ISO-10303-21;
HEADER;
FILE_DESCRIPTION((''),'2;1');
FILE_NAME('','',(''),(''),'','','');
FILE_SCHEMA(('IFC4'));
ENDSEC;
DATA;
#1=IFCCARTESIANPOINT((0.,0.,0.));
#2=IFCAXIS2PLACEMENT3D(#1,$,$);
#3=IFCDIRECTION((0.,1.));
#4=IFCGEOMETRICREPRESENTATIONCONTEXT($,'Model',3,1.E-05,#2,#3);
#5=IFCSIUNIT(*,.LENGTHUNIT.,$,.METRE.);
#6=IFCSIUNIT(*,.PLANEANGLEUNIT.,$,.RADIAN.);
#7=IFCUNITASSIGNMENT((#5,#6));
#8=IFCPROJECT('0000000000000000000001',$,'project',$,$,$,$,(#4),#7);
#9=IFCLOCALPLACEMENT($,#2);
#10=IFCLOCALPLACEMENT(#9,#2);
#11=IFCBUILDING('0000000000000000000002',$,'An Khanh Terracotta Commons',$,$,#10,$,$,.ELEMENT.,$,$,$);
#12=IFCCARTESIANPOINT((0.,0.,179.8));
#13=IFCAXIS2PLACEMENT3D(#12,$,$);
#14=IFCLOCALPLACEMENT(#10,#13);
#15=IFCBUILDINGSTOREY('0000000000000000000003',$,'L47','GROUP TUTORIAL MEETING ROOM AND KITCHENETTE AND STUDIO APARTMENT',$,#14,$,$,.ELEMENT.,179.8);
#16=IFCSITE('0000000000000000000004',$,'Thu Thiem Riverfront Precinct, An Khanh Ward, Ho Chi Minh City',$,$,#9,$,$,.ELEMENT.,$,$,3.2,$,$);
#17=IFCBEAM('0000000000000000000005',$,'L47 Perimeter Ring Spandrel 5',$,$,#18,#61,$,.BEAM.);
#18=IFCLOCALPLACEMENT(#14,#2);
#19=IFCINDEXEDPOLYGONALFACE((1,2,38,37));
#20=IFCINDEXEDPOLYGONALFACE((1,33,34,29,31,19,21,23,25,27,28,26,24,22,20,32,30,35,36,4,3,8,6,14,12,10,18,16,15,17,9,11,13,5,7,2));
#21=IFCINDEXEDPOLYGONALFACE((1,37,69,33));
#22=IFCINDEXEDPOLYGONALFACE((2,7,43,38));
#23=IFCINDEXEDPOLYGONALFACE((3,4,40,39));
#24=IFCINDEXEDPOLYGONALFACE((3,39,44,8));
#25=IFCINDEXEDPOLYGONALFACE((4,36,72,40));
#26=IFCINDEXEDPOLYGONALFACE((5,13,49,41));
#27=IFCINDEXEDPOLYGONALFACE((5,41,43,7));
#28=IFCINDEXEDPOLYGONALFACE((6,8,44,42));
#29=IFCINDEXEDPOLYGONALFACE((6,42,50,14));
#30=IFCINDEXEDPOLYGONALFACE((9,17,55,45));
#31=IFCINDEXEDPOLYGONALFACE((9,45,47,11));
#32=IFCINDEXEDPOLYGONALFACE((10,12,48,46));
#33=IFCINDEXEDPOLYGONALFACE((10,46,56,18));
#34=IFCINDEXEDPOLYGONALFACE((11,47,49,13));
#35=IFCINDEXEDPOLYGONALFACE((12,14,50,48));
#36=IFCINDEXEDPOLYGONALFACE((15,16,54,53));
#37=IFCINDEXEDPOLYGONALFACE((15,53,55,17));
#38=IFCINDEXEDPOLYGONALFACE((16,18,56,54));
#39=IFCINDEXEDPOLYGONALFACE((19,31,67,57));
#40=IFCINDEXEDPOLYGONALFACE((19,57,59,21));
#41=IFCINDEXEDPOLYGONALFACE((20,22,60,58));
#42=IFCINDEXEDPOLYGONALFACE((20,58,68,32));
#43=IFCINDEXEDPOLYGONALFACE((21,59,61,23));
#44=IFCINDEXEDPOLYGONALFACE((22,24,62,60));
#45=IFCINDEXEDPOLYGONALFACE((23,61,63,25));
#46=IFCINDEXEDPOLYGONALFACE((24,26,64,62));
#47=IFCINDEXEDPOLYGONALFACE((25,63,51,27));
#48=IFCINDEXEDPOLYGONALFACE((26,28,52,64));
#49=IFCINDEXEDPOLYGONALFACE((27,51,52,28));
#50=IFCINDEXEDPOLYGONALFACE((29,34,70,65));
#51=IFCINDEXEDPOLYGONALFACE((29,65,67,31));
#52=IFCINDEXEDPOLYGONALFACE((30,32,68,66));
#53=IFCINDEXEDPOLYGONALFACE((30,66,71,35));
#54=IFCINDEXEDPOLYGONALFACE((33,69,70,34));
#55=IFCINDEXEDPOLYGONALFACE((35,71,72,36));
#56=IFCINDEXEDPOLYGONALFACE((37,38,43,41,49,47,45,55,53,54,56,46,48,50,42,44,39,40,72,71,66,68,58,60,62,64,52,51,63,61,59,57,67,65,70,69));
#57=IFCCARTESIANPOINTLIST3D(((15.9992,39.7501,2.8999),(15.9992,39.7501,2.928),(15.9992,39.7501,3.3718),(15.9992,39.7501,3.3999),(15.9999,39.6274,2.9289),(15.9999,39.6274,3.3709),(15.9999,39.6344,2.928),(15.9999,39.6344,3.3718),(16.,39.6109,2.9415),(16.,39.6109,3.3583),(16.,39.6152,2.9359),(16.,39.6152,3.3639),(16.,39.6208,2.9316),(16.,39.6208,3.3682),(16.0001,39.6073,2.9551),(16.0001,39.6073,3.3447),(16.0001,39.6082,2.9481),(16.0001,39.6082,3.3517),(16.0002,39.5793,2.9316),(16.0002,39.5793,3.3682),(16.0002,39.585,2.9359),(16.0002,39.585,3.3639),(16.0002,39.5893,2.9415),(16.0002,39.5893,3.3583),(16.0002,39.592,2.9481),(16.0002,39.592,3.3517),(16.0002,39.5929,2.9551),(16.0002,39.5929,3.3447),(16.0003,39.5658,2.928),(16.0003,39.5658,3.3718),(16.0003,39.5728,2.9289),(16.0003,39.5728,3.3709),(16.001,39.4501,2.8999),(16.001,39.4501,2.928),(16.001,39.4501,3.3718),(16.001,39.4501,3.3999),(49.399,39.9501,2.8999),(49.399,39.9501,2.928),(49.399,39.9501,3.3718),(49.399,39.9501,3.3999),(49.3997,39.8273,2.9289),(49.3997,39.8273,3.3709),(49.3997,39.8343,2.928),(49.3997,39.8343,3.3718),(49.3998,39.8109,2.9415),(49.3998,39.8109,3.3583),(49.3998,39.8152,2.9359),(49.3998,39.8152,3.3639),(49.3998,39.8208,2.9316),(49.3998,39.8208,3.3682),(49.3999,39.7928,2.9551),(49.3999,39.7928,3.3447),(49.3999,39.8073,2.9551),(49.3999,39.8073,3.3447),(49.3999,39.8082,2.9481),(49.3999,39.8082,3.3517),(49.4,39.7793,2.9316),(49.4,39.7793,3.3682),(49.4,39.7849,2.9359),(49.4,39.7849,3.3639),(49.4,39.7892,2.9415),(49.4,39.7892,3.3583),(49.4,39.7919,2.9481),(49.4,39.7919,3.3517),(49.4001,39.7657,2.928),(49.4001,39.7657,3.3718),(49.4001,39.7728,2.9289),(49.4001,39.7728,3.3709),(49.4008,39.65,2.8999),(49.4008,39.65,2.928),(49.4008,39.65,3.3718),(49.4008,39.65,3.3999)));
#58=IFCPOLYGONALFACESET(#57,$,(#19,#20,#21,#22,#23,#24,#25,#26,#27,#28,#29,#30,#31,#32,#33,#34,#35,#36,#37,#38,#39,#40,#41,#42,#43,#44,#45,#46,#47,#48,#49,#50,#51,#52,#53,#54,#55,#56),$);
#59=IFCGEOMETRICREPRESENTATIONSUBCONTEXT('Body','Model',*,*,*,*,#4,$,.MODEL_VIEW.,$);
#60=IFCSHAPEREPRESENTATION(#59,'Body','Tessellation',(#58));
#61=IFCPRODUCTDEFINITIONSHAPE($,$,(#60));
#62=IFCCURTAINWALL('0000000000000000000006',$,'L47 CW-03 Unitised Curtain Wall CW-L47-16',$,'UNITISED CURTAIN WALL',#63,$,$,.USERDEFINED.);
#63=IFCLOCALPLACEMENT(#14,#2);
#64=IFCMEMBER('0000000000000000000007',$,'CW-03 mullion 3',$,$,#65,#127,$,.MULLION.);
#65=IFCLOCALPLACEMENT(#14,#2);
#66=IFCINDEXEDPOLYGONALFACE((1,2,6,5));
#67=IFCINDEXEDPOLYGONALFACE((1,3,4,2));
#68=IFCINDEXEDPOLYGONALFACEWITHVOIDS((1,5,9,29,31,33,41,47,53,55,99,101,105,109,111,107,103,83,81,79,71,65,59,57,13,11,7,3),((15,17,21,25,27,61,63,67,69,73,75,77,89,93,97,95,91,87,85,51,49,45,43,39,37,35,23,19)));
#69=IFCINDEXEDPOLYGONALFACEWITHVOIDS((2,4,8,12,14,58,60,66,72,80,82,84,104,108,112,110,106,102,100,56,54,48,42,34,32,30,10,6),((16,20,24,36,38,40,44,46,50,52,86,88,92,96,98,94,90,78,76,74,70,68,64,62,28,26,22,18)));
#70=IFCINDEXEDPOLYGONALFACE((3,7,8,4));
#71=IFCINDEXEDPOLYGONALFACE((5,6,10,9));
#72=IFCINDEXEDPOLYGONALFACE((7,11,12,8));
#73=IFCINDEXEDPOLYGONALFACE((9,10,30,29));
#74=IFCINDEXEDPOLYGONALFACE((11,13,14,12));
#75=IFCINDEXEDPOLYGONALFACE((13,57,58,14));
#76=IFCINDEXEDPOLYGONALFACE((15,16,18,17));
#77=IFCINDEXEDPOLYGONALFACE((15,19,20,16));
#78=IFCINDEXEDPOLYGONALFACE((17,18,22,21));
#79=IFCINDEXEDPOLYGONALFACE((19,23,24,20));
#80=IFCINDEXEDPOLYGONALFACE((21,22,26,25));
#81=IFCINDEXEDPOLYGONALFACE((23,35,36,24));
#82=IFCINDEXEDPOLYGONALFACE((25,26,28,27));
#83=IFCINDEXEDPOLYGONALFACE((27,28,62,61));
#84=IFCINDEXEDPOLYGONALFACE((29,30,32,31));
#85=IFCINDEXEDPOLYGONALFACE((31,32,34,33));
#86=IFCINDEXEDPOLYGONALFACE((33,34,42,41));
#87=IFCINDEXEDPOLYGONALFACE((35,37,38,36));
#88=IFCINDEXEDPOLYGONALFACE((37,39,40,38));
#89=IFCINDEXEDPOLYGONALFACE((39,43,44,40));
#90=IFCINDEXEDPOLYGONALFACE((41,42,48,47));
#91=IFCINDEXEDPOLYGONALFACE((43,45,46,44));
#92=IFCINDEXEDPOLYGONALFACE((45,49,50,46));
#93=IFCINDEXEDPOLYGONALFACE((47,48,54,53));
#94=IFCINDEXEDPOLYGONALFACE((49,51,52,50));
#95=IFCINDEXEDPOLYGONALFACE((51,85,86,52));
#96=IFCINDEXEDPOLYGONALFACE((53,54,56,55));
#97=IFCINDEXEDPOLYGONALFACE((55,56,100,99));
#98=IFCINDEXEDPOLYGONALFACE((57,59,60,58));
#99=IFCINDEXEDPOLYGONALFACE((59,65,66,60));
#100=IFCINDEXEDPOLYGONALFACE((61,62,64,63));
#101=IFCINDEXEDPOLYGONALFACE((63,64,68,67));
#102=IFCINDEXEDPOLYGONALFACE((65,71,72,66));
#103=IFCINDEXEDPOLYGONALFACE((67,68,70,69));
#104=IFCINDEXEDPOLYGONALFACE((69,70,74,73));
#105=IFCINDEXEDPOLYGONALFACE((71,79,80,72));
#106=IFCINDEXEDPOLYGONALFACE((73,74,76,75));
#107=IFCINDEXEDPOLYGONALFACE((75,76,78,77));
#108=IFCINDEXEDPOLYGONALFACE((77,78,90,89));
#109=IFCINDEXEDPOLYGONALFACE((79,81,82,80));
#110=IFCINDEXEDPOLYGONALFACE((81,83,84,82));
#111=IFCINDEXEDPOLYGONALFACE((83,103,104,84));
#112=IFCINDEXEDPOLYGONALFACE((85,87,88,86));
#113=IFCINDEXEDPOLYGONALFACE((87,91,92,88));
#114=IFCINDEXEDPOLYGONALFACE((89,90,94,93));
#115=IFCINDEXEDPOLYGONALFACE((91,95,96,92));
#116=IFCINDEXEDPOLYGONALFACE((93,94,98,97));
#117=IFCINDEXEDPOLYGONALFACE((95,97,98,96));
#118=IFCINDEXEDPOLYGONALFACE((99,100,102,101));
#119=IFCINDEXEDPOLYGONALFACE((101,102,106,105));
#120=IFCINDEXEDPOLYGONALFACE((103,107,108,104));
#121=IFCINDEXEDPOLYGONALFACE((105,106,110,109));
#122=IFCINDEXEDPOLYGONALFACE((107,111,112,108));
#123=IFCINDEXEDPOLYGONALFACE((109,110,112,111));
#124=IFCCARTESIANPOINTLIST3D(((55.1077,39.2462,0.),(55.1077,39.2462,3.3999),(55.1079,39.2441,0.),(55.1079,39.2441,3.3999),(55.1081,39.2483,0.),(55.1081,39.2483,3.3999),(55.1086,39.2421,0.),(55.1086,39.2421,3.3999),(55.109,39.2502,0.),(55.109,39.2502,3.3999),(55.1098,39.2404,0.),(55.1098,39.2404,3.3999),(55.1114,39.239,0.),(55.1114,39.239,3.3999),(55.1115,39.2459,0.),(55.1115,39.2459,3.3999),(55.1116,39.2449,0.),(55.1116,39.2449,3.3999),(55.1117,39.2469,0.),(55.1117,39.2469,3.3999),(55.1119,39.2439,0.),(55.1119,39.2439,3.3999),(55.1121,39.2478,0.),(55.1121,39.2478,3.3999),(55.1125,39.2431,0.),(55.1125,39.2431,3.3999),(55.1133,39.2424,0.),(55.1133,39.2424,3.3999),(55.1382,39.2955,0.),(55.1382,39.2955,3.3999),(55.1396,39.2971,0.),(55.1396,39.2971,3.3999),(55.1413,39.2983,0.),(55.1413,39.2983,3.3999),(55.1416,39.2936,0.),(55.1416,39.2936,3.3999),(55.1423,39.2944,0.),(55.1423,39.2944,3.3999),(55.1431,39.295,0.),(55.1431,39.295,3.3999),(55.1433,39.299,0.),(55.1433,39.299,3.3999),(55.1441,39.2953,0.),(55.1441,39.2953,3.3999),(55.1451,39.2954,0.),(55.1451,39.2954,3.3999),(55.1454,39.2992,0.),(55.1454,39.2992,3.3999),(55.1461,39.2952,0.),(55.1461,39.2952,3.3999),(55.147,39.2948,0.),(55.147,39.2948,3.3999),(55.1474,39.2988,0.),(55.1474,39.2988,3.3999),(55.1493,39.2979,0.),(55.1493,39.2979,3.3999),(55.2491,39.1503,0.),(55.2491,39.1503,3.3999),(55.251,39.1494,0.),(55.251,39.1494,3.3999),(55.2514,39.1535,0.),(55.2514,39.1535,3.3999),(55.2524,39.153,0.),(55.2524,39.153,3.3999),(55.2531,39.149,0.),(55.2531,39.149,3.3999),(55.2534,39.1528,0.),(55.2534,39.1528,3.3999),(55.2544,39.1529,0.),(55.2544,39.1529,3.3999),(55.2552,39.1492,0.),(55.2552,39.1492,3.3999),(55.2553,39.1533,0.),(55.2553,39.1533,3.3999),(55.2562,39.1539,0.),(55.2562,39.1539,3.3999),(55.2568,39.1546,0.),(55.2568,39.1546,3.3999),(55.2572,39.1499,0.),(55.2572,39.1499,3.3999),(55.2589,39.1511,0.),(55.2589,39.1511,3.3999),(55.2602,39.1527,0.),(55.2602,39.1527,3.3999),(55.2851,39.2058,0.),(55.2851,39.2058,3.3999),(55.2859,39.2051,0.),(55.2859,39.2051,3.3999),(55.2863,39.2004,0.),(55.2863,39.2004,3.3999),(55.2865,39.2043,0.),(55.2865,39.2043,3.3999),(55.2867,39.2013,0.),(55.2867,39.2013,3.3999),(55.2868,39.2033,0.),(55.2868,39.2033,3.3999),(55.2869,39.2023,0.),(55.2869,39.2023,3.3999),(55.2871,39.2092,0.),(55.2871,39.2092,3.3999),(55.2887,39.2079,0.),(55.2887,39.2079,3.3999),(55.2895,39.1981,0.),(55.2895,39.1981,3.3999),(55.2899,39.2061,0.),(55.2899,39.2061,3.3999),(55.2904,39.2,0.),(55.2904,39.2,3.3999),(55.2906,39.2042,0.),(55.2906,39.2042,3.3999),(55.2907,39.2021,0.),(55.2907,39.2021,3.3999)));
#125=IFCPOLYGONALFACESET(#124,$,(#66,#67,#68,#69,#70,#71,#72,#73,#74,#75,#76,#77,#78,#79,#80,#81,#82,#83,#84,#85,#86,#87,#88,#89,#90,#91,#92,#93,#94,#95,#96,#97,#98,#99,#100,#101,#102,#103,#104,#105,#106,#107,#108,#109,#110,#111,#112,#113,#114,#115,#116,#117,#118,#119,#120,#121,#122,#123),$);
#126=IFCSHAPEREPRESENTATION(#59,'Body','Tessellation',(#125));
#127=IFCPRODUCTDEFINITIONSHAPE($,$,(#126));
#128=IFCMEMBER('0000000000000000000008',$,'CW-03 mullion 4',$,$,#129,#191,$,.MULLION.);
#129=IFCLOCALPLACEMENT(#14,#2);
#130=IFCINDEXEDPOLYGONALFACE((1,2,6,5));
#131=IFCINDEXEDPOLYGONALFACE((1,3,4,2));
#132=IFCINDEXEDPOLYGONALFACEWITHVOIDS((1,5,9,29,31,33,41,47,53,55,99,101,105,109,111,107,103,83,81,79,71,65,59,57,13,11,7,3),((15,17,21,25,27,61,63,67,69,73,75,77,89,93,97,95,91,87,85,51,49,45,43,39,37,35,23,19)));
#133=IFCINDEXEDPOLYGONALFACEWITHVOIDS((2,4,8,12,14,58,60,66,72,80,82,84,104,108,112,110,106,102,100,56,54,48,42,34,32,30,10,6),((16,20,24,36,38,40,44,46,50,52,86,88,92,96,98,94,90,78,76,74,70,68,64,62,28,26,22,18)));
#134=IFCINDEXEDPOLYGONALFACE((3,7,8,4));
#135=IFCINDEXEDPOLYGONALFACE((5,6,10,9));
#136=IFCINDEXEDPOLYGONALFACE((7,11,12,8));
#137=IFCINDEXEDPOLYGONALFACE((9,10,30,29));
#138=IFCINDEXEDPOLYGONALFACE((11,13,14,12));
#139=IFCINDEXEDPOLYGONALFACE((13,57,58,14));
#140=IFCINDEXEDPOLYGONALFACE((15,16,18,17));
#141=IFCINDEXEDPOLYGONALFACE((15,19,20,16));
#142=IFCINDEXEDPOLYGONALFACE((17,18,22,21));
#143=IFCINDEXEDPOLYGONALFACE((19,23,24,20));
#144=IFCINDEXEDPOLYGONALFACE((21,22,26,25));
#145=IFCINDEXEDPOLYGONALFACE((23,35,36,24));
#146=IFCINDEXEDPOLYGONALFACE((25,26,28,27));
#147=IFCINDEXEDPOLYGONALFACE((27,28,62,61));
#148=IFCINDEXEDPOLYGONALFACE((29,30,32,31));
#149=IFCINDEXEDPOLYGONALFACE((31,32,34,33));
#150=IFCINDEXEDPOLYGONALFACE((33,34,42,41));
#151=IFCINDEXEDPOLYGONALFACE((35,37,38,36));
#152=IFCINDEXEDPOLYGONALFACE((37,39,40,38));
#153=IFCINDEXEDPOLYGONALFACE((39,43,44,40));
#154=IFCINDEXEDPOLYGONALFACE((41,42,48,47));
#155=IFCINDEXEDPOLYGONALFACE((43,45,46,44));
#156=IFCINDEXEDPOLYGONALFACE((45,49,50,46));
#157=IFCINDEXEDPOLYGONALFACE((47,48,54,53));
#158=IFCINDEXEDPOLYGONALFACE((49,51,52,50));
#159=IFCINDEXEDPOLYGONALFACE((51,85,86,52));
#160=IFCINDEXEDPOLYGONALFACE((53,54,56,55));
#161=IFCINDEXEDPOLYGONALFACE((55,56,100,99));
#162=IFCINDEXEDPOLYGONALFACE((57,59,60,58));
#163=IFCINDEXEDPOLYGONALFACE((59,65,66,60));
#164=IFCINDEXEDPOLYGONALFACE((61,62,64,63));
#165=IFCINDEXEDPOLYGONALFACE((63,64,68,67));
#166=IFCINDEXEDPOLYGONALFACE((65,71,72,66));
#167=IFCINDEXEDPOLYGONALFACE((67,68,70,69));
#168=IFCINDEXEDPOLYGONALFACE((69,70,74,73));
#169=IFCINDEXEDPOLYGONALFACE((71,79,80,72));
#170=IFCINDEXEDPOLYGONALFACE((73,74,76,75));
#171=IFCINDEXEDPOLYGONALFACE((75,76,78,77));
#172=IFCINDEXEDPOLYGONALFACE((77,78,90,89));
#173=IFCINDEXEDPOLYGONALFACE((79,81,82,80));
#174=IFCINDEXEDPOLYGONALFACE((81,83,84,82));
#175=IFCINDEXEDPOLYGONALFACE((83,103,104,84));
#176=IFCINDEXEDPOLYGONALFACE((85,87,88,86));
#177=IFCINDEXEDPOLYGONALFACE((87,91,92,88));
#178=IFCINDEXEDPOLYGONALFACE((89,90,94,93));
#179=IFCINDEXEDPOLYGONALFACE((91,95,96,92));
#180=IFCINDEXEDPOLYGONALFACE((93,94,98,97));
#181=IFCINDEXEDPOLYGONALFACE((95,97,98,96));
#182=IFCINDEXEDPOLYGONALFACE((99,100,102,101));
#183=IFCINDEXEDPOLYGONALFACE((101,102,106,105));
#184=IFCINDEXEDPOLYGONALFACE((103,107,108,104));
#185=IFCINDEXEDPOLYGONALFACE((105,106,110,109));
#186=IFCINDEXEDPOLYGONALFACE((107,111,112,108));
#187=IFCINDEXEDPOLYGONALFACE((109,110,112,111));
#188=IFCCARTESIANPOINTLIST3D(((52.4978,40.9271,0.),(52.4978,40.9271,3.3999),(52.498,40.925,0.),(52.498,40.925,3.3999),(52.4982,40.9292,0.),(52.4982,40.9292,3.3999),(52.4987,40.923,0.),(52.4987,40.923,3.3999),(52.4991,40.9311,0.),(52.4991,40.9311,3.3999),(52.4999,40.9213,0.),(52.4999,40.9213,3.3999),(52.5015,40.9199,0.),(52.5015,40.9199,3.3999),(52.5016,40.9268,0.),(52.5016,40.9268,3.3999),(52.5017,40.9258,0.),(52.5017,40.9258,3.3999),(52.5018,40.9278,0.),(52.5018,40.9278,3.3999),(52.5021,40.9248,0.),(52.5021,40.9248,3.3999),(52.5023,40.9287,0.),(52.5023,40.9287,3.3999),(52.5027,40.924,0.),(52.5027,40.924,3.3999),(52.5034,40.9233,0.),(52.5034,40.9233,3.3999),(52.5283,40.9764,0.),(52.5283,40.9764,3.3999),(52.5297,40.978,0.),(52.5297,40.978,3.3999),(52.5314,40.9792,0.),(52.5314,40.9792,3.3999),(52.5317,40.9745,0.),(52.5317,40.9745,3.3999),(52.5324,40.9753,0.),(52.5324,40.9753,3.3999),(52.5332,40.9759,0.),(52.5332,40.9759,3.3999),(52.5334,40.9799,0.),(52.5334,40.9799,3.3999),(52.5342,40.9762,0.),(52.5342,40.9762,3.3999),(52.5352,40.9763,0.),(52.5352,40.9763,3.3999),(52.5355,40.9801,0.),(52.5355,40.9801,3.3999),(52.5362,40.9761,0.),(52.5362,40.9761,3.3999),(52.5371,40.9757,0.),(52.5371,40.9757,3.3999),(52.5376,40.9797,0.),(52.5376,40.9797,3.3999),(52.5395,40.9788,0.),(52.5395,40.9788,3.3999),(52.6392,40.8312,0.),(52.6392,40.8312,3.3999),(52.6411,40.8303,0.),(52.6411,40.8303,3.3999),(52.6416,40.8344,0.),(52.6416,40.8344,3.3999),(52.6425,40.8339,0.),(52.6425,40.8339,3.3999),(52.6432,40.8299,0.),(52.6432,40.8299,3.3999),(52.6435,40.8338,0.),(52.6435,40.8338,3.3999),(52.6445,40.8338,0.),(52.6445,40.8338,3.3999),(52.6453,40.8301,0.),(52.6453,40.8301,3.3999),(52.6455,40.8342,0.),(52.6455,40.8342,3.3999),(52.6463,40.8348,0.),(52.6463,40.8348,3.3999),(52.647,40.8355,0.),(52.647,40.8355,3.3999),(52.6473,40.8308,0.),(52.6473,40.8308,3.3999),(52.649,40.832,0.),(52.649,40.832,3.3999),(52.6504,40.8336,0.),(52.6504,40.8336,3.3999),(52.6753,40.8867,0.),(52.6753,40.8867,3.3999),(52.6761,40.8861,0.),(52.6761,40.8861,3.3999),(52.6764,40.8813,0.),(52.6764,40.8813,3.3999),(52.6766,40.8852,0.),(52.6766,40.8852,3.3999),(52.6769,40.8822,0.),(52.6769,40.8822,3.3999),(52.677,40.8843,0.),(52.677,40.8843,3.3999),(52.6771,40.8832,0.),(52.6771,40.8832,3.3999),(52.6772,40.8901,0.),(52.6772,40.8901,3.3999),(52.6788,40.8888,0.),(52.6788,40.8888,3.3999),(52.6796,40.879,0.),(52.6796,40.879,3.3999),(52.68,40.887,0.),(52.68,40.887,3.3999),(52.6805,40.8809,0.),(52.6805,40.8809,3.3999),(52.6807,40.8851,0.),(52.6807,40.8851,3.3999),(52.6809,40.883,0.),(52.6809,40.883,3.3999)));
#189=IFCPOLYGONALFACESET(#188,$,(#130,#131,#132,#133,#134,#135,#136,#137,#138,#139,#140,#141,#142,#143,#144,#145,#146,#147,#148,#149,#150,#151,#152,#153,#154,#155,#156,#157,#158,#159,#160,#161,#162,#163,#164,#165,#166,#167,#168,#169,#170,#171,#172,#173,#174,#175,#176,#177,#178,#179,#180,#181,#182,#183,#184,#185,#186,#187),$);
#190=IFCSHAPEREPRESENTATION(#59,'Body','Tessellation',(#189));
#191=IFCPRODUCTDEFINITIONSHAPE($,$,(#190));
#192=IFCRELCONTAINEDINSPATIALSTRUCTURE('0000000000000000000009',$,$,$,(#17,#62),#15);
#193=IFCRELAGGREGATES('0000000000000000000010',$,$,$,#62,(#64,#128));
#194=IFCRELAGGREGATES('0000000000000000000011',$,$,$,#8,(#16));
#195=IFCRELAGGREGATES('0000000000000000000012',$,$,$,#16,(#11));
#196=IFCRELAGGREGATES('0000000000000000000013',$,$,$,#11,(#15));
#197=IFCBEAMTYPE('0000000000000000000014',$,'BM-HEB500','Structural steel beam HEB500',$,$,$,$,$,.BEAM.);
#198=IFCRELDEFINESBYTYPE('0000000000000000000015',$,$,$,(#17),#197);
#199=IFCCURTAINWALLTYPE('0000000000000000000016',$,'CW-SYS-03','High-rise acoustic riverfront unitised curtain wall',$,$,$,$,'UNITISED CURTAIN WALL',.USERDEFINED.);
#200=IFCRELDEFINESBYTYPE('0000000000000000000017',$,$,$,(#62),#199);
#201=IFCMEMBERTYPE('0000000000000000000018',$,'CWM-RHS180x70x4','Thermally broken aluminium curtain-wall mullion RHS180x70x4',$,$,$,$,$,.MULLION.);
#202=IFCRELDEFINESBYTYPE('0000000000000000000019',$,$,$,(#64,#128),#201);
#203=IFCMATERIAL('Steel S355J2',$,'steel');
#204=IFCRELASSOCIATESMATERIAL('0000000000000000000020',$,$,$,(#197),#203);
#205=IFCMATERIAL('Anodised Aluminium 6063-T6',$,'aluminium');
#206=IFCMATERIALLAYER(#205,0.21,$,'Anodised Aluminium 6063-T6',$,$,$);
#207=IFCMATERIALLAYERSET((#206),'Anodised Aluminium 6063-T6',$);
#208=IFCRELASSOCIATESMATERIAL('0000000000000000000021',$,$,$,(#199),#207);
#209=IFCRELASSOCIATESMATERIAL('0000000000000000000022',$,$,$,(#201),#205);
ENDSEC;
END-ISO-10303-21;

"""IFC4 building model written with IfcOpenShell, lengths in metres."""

from ifc_helpers import new_model, si_unit, direction, frame, origin, origin_2d, place, context, subcontext, project, spatial, hollow_rectangle, i_section, extrude, material, layer, layer_set, material_profile, profile_set, type_object, element, aggregate, save


model = new_model("IFC4")

# Units and contexts
model_context = context("Model", 3, precision=1e-05, world=origin(), true_north=direction((0.0, 1.0)))
body_context = subcontext(model_context, "Body", "Model", "MODEL_VIEW")
ifc_project = project(units=[si_unit("LENGTHUNIT", "METRE"), si_unit("PLANEANGLEUNIT", "RADIAN")], contexts=[model_context])

# Site, building, storey
site_placement = place(None, origin())
site = spatial("IfcSite", under=ifc_project, at=site_placement, Name="Thu Thiem Riverfront Precinct, An Khanh Ward, Ho Chi Minh City", CompositionType="ELEMENT", RefElevation=3.2)
building_placement = place(site_placement, origin())
building = spatial("IfcBuilding", under=site, at=building_placement, Name="An Khanh Terracotta Commons", CompositionType="ELEMENT")
storey_placement = place(building_placement, frame((0.0, 0.0, 179.8)))
storey = spatial("IfcBuildingStorey", under=building, at=storey_placement, Name="L47", Description="GROUP TUTORIAL MEETING ROOM AND KITCHENETTE AND STUDIO APARTMENT", CompositionType="ELEMENT", Elevation=179.8)

# Beam
ifc_material_1 = material(Name="Steel S355J2", Category="steel")
ifc_material_profile_1 = material_profile(ifc_material_1, i_section(OverallWidth=0.3, OverallDepth=0.5, WebThickness=0.0144, FlangeThickness=0.0281, FilletRadius=0.0271, at=origin_2d()), Name="HEB500")
ifc_profile_set_1 = profile_set([ifc_material_profile_1], Name="Steel S355J2")
beam_type_1 = type_object("IfcBeamType", Name="BM-HEB500", Description="Structural steel beam HEB500", PredefinedType="BEAM", material=ifc_profile_set_1)
beam_1_placement = place(storey_placement, frame((49.3999, 39.8, 3.1499), z_axis=(-0.999982, -0.005986, 0.0), x_axis=(0.005986, -0.999982, 0.0)))
element("IfcBeam", 1, at=beam_1_placement, inside=storey, type_object=beam_type_1, Name="L47 Perimeter Ring Spandrel 5", PredefinedType="BEAM", context=body_context, shape_type="SweptSolid", body=[
    extrude(i_section(OverallWidth=0.3, OverallDepth=0.5, WebThickness=0.0144, FlangeThickness=0.0281, FilletRadius=0.0271, at=origin_2d()), origin(), (0.0, 0.0, 1.0), 33.4004),
])

# Curtain wall, members
ifc_material_2 = material(Name="Anodised Aluminium 6063-T6", Category="aluminium")
ifc_layer_1 = layer(ifc_material_2, 0.21, Name="Anodised Aluminium 6063-T6")
ifc_layer_set_1 = layer_set([ifc_layer_1], Name="Anodised Aluminium 6063-T6")
curtain_wall_type = type_object("IfcCurtainWallType", Name="CW-SYS-03", Description="High-rise acoustic riverfront unitised curtain wall", ElementType="UNITISED CURTAIN WALL", PredefinedType="USERDEFINED", material=ifc_layer_set_1)
curtain_wall_placement = place(storey_placement, origin())
curtain_wall = element("IfcCurtainWall", 2, at=curtain_wall_placement, inside=storey, type_object=curtain_wall_type, Name="L47 CW-03 Unitised Curtain Wall CW-L47-16", ObjectType="UNITISED CURTAIN WALL", PredefinedType="USERDEFINED")
ifc_material_profile_2 = material_profile(ifc_material_2, hollow_rectangle(XDim=0.0701, YDim=0.1799, WallThickness=0.0039, InnerFilletRadius=0.0039, OuterFilletRadius=0.0081, at=origin_2d()), Name="RHS180x70x4")
ifc_profile_set_2 = profile_set([ifc_material_profile_2], Name="Anodised Aluminium 6063-T6")
member_type_1 = type_object("IfcMemberType", Name="CWM-RHS180x70x4", Description="Thermally broken aluminium curtain-wall mullion RHS180x70x4", PredefinedType="MULLION", material=ifc_profile_set_2)
member_1_placement = place(storey_placement, frame((55.1992, 39.2241, 0.0), z_axis=(0.0, 0.0, 1.0), x_axis=(-0.541498, -0.840702, 0.0)))
member_1 = element("IfcMember", 3, at=member_1_placement, type_object=member_type_1, Name="CW-03 mullion 3", PredefinedType="MULLION", context=body_context, shape_type="SweptSolid", body=[
    extrude(hollow_rectangle(XDim=0.0701, YDim=0.1799, WallThickness=0.0039, InnerFilletRadius=0.0039, OuterFilletRadius=0.0081, at=origin_2d()), origin(), (0.0, 0.0, 1.0), 3.3999),
])
member_2_placement = place(storey_placement, frame((52.5894, 40.905, 0.0), z_axis=(0.0, 0.0, 1.0), x_axis=(-0.541498, -0.840702, 0.0)))
member_2 = element("IfcMember", 4, at=member_2_placement, type_object=member_type_1, Name="CW-03 mullion 4", PredefinedType="MULLION", context=body_context, shape_type="SweptSolid", body=[
    extrude(hollow_rectangle(XDim=0.0701, YDim=0.1799, WallThickness=0.0039, InnerFilletRadius=0.0039, OuterFilletRadius=0.0081, at=origin_2d()), origin(), (0.0, 0.0, 1.0), 3.3999),
])
aggregate(curtain_wall, [member_1, member_2])

save(model, "model.ifc")
